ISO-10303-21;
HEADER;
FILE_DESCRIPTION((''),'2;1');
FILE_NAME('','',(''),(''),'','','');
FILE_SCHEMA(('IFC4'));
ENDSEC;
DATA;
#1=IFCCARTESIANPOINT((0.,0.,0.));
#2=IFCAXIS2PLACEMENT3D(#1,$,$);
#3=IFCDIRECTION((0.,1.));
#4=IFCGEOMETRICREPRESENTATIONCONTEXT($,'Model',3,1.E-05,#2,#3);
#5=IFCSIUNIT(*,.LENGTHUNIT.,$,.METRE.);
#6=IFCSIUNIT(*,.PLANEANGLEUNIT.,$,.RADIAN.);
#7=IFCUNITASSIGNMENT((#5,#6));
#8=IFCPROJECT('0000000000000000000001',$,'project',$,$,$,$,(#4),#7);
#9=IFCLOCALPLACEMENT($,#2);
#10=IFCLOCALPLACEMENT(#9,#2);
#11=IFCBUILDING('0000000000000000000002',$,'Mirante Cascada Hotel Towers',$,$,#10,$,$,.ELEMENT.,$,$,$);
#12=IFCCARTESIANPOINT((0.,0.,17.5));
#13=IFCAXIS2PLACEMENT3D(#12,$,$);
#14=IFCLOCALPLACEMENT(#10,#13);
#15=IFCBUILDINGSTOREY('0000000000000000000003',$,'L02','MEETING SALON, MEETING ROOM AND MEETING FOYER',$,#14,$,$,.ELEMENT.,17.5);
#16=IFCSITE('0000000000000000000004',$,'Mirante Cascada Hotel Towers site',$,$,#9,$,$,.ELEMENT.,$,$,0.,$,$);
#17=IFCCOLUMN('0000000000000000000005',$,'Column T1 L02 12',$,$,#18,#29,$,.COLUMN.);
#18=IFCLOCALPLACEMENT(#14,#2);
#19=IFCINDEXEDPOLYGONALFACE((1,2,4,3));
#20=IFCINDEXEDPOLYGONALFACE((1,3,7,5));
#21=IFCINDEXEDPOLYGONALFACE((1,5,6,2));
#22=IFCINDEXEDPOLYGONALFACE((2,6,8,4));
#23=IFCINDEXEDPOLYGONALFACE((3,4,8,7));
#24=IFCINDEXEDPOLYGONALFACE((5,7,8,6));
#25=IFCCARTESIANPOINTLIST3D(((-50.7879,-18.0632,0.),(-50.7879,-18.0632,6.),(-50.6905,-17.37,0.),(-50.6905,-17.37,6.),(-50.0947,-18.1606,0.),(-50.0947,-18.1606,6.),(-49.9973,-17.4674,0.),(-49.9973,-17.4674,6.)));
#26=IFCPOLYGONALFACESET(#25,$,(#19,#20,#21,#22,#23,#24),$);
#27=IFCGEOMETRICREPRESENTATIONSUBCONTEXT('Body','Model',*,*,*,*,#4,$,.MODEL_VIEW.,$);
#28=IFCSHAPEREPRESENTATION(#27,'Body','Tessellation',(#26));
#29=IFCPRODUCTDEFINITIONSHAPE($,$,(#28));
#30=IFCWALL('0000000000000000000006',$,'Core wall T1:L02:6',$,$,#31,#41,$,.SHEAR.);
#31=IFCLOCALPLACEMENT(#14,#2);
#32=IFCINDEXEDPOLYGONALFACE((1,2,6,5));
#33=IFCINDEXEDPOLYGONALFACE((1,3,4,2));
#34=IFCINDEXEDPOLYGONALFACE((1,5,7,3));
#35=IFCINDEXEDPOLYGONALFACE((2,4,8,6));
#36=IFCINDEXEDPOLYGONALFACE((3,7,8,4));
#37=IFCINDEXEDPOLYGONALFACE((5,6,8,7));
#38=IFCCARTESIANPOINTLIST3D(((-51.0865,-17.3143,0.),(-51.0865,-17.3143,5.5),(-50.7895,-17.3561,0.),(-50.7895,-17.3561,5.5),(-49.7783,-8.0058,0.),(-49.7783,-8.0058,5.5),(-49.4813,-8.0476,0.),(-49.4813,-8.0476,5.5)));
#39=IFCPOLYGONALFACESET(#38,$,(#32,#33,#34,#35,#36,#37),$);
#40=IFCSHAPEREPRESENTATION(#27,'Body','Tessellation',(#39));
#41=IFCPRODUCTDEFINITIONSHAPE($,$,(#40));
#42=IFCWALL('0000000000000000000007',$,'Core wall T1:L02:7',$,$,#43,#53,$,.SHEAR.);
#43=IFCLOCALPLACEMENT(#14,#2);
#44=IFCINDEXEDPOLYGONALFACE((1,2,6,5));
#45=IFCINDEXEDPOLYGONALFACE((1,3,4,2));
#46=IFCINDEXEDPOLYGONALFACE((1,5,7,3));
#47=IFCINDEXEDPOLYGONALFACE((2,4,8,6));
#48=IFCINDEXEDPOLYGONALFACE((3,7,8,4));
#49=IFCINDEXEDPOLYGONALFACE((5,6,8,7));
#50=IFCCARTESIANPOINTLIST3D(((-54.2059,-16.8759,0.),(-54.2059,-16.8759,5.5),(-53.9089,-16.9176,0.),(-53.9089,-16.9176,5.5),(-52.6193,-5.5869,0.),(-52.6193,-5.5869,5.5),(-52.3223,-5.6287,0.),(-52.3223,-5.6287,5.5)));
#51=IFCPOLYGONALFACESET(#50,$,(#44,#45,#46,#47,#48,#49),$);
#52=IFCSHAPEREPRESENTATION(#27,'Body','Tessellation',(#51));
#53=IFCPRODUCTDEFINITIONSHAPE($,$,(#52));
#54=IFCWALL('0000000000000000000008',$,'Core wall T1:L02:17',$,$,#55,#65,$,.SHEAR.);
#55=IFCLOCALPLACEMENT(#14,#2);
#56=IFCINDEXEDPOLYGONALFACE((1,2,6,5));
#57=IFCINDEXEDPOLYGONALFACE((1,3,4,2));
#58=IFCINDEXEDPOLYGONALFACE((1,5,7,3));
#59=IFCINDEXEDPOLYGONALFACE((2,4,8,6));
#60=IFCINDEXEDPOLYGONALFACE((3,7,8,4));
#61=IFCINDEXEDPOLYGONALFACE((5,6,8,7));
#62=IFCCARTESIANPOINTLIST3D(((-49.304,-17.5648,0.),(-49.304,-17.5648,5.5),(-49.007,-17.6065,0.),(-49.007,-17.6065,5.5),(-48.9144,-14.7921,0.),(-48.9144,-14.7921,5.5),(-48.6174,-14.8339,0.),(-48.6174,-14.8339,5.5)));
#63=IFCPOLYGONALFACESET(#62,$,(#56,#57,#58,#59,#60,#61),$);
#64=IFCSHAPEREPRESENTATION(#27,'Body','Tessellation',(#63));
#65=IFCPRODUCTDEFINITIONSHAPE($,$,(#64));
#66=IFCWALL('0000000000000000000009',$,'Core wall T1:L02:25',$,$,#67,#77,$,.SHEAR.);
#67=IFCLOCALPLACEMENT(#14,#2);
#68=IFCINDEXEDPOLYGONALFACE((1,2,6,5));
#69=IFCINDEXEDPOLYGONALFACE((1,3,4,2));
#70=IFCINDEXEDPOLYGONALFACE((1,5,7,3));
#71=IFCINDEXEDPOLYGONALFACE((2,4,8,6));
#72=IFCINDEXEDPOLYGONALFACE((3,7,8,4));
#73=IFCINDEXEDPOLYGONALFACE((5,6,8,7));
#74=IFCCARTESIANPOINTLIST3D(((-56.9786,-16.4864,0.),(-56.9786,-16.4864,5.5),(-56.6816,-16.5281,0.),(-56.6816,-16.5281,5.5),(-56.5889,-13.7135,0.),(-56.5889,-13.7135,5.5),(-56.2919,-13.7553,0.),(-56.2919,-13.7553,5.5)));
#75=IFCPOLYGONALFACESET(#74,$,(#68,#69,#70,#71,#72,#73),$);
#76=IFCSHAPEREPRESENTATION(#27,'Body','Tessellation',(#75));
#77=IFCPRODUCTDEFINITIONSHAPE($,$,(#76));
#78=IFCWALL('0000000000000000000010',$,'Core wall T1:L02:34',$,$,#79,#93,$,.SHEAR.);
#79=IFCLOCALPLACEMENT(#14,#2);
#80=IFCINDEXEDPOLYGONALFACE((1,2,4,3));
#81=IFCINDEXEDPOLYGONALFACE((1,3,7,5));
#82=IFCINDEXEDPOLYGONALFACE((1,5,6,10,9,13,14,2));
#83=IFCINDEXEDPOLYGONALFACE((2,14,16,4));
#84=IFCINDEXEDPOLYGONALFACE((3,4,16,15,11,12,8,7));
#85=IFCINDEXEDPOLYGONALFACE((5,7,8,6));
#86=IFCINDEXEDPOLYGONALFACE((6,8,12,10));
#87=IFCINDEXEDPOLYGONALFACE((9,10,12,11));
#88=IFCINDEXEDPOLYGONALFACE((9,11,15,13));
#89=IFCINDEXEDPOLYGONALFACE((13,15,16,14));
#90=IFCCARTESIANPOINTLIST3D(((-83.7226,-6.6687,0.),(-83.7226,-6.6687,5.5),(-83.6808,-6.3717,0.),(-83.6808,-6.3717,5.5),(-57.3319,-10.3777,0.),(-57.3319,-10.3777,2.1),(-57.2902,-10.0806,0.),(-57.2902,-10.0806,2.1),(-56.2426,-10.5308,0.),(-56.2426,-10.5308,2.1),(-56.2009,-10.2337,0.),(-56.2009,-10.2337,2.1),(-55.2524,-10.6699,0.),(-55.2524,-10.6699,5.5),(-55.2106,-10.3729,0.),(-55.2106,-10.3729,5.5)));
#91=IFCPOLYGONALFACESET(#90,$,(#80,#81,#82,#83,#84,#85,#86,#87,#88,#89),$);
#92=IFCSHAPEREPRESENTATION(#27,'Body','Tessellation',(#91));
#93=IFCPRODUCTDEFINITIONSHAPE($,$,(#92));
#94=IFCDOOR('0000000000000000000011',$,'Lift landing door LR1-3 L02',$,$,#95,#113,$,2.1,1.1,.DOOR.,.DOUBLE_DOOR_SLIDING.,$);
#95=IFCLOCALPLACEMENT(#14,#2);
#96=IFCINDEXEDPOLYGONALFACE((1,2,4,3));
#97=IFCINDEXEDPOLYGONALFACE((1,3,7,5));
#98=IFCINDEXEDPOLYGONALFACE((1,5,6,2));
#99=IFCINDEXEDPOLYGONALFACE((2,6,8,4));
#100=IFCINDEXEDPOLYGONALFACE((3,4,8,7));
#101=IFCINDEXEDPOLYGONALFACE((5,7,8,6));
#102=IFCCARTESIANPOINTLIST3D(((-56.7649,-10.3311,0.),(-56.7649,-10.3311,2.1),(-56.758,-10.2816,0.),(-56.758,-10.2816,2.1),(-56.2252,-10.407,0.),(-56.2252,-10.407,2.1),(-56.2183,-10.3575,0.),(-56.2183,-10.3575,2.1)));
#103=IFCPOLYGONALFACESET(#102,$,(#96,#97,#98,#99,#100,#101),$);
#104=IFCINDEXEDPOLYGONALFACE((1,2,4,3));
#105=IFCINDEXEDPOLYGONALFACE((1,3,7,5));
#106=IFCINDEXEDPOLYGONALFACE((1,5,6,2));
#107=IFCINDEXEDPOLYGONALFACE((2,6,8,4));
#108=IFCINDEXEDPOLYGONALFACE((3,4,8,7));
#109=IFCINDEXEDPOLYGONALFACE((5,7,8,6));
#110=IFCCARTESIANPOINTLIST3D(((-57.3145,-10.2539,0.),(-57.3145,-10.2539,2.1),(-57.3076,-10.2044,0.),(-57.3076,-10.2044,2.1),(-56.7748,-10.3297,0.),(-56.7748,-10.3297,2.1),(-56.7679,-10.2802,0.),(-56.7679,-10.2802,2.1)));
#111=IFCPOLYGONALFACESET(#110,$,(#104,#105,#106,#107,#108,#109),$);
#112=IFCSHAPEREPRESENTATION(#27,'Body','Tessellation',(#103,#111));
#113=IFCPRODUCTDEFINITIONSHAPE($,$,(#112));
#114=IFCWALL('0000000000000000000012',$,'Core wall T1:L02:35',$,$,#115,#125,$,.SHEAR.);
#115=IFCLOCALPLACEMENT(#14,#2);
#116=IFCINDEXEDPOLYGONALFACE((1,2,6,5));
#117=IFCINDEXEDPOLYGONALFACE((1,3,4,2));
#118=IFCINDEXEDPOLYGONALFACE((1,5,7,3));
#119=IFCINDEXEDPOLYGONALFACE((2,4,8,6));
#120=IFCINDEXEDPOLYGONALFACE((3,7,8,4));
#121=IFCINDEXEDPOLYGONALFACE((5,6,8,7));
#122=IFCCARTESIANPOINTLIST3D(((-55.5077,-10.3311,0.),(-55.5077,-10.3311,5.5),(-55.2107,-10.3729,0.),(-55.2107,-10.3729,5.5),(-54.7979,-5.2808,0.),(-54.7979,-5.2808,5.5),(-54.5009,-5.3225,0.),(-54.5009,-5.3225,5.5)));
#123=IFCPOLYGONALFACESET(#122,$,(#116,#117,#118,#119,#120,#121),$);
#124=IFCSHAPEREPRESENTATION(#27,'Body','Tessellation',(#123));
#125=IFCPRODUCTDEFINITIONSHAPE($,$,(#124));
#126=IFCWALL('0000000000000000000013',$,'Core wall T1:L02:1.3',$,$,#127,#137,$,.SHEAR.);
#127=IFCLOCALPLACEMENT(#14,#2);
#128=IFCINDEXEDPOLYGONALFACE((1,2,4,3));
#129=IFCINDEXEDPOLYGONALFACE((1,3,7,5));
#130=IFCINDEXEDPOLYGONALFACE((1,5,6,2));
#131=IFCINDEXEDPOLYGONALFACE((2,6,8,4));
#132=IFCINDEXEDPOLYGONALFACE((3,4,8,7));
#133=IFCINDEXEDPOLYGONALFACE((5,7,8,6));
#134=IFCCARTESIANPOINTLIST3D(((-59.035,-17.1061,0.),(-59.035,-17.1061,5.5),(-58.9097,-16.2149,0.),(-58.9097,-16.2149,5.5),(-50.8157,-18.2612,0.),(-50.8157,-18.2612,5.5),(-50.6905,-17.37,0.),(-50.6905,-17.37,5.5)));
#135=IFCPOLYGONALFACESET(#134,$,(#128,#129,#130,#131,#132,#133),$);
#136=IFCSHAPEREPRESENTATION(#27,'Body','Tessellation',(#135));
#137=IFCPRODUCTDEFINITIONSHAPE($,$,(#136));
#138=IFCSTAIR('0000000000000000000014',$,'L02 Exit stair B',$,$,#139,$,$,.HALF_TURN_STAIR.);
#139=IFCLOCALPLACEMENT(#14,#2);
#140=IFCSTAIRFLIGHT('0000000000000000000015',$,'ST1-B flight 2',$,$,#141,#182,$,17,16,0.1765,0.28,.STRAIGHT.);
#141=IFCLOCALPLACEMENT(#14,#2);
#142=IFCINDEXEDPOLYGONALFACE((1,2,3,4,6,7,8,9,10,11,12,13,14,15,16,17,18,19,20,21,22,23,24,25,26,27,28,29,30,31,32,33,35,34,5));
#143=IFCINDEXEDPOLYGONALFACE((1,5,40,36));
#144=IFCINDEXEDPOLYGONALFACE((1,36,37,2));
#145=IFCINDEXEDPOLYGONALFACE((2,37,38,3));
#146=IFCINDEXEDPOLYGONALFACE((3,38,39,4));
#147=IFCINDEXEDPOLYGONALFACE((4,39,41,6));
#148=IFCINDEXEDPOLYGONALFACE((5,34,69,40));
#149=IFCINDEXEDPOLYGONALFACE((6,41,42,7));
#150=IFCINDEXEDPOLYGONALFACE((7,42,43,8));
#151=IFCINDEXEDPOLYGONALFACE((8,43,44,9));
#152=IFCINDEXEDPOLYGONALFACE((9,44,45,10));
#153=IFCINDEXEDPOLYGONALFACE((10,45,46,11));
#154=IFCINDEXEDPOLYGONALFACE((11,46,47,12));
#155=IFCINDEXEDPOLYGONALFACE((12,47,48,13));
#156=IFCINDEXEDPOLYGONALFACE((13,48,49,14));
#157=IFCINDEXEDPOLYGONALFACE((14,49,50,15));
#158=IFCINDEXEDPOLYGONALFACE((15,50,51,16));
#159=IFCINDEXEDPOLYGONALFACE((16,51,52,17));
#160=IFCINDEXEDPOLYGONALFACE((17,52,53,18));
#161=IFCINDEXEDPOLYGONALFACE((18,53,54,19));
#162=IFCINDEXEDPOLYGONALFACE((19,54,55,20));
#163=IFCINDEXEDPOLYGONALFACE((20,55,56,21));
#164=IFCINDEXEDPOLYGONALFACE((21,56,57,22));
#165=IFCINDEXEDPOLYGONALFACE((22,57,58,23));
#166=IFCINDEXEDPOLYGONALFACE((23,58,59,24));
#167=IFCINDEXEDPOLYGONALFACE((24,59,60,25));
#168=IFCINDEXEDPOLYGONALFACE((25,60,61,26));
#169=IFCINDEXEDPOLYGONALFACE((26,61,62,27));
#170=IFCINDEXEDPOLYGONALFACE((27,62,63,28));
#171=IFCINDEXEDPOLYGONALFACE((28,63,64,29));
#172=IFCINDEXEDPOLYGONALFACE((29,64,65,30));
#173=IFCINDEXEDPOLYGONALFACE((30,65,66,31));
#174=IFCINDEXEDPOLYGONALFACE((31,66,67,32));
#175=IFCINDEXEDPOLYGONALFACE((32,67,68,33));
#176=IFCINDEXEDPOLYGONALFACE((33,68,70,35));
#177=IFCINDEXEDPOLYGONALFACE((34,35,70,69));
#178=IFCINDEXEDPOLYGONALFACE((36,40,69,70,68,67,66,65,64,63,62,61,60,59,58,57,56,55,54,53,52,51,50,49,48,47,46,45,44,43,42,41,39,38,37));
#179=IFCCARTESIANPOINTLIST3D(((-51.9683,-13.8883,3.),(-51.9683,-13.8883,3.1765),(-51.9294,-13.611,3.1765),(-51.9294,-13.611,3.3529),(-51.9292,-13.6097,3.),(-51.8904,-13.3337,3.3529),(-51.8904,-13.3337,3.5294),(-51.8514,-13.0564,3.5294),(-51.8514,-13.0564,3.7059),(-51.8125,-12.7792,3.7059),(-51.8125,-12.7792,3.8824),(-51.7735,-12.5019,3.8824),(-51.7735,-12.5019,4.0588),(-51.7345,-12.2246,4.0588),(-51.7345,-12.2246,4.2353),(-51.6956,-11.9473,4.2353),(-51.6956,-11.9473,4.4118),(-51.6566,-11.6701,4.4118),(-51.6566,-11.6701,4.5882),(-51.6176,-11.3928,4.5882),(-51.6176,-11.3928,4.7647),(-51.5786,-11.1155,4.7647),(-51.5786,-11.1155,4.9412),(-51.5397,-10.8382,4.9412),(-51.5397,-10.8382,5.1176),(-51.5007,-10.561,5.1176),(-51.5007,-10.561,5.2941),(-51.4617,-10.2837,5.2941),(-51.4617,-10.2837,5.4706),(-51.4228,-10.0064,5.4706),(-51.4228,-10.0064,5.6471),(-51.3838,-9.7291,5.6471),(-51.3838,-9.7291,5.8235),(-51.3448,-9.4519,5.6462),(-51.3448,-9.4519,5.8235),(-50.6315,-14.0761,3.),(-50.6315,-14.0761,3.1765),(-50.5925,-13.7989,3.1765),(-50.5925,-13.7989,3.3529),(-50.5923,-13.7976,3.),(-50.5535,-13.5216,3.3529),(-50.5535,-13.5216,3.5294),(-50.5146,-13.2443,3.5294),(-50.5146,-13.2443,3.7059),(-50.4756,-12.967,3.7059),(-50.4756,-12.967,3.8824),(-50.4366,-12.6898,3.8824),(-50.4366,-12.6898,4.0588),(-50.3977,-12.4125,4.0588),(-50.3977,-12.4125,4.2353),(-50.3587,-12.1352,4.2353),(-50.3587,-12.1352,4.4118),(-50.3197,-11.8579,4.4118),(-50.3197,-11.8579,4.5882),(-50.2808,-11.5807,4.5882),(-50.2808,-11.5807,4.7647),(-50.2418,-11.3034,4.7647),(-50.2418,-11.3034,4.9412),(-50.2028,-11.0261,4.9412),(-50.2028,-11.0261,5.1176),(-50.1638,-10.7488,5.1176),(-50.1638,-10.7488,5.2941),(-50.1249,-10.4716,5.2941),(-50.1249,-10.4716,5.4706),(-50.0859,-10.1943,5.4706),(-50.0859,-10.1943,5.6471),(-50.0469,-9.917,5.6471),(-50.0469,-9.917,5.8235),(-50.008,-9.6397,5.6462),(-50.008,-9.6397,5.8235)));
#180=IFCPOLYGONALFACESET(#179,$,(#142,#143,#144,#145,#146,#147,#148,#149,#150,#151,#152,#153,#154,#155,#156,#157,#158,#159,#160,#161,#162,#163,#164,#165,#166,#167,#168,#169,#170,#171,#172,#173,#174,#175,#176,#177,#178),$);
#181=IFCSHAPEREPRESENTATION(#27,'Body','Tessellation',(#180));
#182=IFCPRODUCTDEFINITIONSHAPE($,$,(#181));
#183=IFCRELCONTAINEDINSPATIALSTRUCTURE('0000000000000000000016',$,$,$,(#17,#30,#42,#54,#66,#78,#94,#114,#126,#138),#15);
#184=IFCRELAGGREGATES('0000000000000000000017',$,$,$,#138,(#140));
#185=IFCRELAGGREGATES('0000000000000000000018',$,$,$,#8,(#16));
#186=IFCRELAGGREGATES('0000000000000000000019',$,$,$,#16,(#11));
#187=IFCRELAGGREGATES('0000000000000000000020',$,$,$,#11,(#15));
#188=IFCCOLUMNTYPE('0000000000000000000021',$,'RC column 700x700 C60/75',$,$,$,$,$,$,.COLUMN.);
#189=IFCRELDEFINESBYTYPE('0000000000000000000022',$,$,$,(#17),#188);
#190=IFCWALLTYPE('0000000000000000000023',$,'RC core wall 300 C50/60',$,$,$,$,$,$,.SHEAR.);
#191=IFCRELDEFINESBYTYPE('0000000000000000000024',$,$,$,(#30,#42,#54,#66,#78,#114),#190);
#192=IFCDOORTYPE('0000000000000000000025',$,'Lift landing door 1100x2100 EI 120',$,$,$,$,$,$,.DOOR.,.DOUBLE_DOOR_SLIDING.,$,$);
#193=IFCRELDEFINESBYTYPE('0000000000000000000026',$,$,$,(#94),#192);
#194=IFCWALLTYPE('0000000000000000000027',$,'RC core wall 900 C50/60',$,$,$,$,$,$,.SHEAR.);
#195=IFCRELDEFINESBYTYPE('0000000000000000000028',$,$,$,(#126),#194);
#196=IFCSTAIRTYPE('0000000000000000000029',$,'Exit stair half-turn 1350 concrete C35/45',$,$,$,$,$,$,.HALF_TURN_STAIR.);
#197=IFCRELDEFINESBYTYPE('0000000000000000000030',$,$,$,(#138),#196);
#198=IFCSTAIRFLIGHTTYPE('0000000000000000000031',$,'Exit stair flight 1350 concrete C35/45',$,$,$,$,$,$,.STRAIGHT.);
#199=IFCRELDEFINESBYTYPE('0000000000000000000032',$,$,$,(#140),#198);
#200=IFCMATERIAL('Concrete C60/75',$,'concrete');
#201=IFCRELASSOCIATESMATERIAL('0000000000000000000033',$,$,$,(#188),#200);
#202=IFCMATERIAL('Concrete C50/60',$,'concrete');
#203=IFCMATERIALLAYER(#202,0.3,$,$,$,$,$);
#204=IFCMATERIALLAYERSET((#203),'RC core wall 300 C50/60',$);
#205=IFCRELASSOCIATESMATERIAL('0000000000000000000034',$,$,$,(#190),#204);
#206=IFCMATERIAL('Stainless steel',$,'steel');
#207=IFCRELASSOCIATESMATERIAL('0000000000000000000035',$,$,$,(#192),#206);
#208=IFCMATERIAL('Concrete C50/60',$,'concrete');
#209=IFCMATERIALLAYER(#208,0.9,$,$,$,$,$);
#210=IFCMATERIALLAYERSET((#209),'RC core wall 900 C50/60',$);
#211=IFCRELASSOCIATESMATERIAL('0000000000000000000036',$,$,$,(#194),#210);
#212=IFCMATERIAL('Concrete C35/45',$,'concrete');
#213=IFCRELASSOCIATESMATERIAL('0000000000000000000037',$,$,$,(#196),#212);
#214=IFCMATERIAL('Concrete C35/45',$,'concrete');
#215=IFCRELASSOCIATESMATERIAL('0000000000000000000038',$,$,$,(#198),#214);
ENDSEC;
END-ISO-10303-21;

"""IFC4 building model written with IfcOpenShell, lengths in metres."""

from ifc_helpers import new_model, si_unit, direction, frame, frame_2d, origin, origin_2d, place, context, subcontext, project, spatial, polyline, rectangle, outline, extrude, material, layer, layer_set, material_profile, profile_set, type_object, element, fill, aggregate, save


model = new_model("IFC4")

# Units and contexts
model_context = context("Model", 3, precision=1e-05, world=origin(), true_north=direction((0.0, 1.0)))
body_context = subcontext(model_context, "Body", "Model", "MODEL_VIEW")
ifc_project = project(units=[si_unit("LENGTHUNIT", "METRE"), si_unit("PLANEANGLEUNIT", "RADIAN")], contexts=[model_context])

# Site, building, storey
site_placement = place(None, origin())
site = spatial("IfcSite", under=ifc_project, at=site_placement, Name="Mirante Cascada Hotel Towers site", CompositionType="ELEMENT", RefElevation=0.0)
building_placement = place(site_placement, origin())
building = spatial("IfcBuilding", under=site, at=building_placement, Name="Mirante Cascada Hotel Towers", CompositionType="ELEMENT")
storey_placement = place(building_placement, frame((0.0, 0.0, 17.5)))
storey = spatial("IfcBuildingStorey", under=building, at=storey_placement, Name="L02", Description="MEETING SALON, MEETING ROOM AND MEETING FOYER", CompositionType="ELEMENT", Elevation=17.5)

# Column
ifc_material_1 = material(Name="Concrete C60/75", Category="concrete")
ifc_material_profile = material_profile(ifc_material_1, rectangle(XDim=0.7, YDim=0.7, at=origin_2d()), Name="RC column 700x700 C60/75")
ifc_profile_set = profile_set([ifc_material_profile], Name="Concrete C60/75")
column_type = type_object("IfcColumnType", Name="RC column 700x700 C60/75", PredefinedType="COLUMN", material=ifc_profile_set)
column_placement = place(storey_placement, frame((-50.3926, -17.7653, 0.0), z_axis=(0.0, 0.0, 1.0), x_axis=(-0.990268, 0.139173, 0.0)))
element("IfcColumn", 1, at=column_placement, inside=storey, type_object=column_type, Name="Column T1 L02 12", PredefinedType="COLUMN", context=body_context, shape_type="SweptSolid", body=[
    extrude(rectangle(XDim=0.7, YDim=0.7, at=origin_2d()), origin(), (0.0, 0.0, 1.0), 6.0),
])

# Walls
ifc_material_2 = material(Name="Concrete C50/60", Category="concrete")
ifc_layer_1 = layer(ifc_material_2, 0.3)
ifc_layer_set_1 = layer_set([ifc_layer_1], Name="RC core wall 300 C50/60")
wall_type_1 = type_object("IfcWallType", Name="RC core wall 300 C50/60", PredefinedType="SHEAR", material=ifc_layer_set_1)
wall_1_placement = place(storey_placement, frame((-50.938, -17.3352, 0.0), z_axis=(0.0, 0.0, 1.0), x_axis=(0.139171, 0.990268, 0.0)))
element("IfcWall", 2, at=wall_1_placement, inside=storey, type_object=wall_type_1, Name="Core wall T1:L02:6", PredefinedType="SHEAR", context=body_context, shape_type="SweptSolid", body=[
    extrude(rectangle(XDim=9.4, YDim=0.3, at=frame_2d((4.7, 0.0))), origin(), (0.0, 0.0, 1.0), 5.5),
])
wall_2_placement = place(storey_placement, frame((-54.0574, -16.8968, 0.0), z_axis=(0.0, 0.0, 1.0), x_axis=(0.139176, 0.990268, 0.0)))
element("IfcWall", 3, at=wall_2_placement, inside=storey, type_object=wall_type_1, Name="Core wall T1:L02:7", PredefinedType="SHEAR", context=body_context, shape_type="SweptSolid", body=[
    extrude(rectangle(XDim=11.3999, YDim=0.3, at=frame_2d((5.7, 0.0))), origin(), (0.0, 0.0, 1.0), 5.5),
])
wall_3_placement = place(storey_placement, frame((-49.1555, -17.5857, 0.0), z_axis=(0.0, 0.0, 1.0), x_axis=(0.139146, 0.990272, 0.0)))
element("IfcWall", 4, at=wall_3_placement, inside=storey, type_object=wall_type_1, Name="Core wall T1:L02:17", PredefinedType="SHEAR", context=body_context, shape_type="SweptSolid", body=[
    extrude(rectangle(XDim=2.7999, YDim=0.3, at=frame_2d((1.4, 0.0))), origin(), (0.0, 0.0, 1.0), 5.5),
])

# Shared definitions
ifc_material_3 = material(Name="Stainless steel", Category="steel")
door_type_1 = type_object("IfcDoorType", Name="Lift landing door 1100x2100 EI 120", OperationType="DOUBLE_DOOR_SLIDING", PredefinedType="DOOR", material=ifc_material_3)

# Wall
wall_4_placement = place(storey_placement, frame((-56.8301, -16.5072, 0.0), z_axis=(0.0, 0.0, 1.0), x_axis=(0.139176, 0.990268, 0.0)))
element("IfcWall", 5, at=wall_4_placement, inside=storey, type_object=wall_type_1, Name="Core wall T1:L02:25", PredefinedType="SHEAR", context=body_context, shape_type="SweptSolid", body=[
    extrude(rectangle(XDim=2.8001, YDim=0.3, at=frame_2d((1.4, 0.0))), origin(), (0.0, 0.0, 1.0), 5.5),
])

# Wall, opening, door
wall_5_placement = place(storey_placement, frame((-55.2315, -10.5214, 0.0), z_axis=(0.0, 0.0, 1.0), x_axis=(-0.990268, 0.139172, 0.0)))
wall_5 = element("IfcWall", 6, at=wall_5_placement, inside=storey, type_object=wall_type_1, Name="Core wall T1:L02:34", PredefinedType="SHEAR", context=body_context, shape_type="SweptSolid", body=[
    extrude(rectangle(XDim=28.75, YDim=0.3, at=frame_2d((14.375, 0.0))), origin(), (0.0, 0.0, 1.0), 5.5),
])
opening_1_placement = place(wall_5_placement, frame((1.0, 0.0, 0.0)))
opening_1 = element("IfcOpeningElement", 7, at=opening_1_placement, cuts=wall_5, PredefinedType="OPENING", context=body_context, shape_type="SweptSolid", body=[
    extrude(rectangle(XDim=1.1, YDim=2.1, at=frame_2d((0.55, 1.05))), frame((0.0, 0.15, 0.0), z_axis=(0.0, -1.0, 0.0), x_axis=(1.0, 0.0, 0.0)), (0.0, 0.0, 1.0), 0.3),
])
door_1_placement = place(opening_1_placement, origin())
door_1 = element("IfcDoor", 8, at=door_1_placement, inside=storey, type_object=door_type_1, Name="Lift landing door LR1-3 L02", OperationType="DOUBLE_DOOR_SLIDING", OverallHeight=2.1, OverallWidth=1.1, PredefinedType="DOOR", context=body_context, shape_type="SweptSolid", body=[
    extrude(rectangle(XDim=0.545, YDim=2.1, at=frame_2d((0.2725, 1.05))), frame((0.0, 0.025, 0.0), z_axis=(0.0, -1.0, 0.0), x_axis=(1.0, 0.0, 0.0)), (0.0, 0.0, 1.0), 0.05),
    extrude(rectangle(XDim=0.545, YDim=2.1, at=frame_2d((0.8275, 1.05))), frame((0.0, 0.025, 0.0), z_axis=(0.0, -1.0, 0.0), x_axis=(1.0, 0.0, 0.0)), (0.0, 0.0, 1.0), 0.05),
])
fill(opening_1, door_1)

# Walls
wall_6_placement = place(storey_placement, frame((-55.3592, -10.352, 0.0), z_axis=(0.0, 0.0, 1.0), x_axis=(0.139176, 0.990268, 0.0)))
element("IfcWall", 9, at=wall_6_placement, inside=storey, type_object=wall_type_1, Name="Core wall T1:L02:35", PredefinedType="SHEAR", context=body_context, shape_type="SweptSolid", body=[
    extrude(rectangle(XDim=5.1, YDim=0.3, at=frame_2d((2.55, 0.0))), origin(), (0.0, 0.0, 1.0), 5.5),
])
ifc_material_4 = material(Name="Concrete C50/60", Category="concrete")
ifc_layer_2 = layer(ifc_material_4, 0.9)
ifc_layer_set_2 = layer_set([ifc_layer_2], Name="RC core wall 900 C50/60")
wall_type_2 = type_object("IfcWallType", Name="RC core wall 900 C50/60", PredefinedType="SHEAR", material=ifc_layer_set_2)
wall_7_placement = place(storey_placement, frame((-50.7531, -17.8156, 0.0), z_axis=(0.0, 0.0, 1.0), x_axis=(-0.990269, 0.139169, 0.0)))
element("IfcWall", 10, at=wall_7_placement, inside=storey, type_object=wall_type_2, Name="Core wall T1:L02:1.3", PredefinedType="SHEAR", context=body_context, shape_type="SweptSolid", body=[
    extrude(rectangle(XDim=8.3, YDim=0.9, at=frame_2d((4.15, 0.0))), origin(), (0.0, 0.0, 1.0), 5.5),
])

# Stair, stair flight
ifc_material_5 = material(Name="Concrete C35/45", Category="concrete")
stair_type = type_object("IfcStairType", Name="Exit stair half-turn 1350 concrete C35/45", PredefinedType="HALF_TURN_STAIR", material=ifc_material_5)
stair_placement = place(storey_placement, origin())
stair = element("IfcStair", 11, at=stair_placement, inside=storey, type_object=stair_type, Name="L02 Exit stair B", PredefinedType="HALF_TURN_STAIR")
ifc_material_6 = material(Name="Concrete C35/45", Category="concrete")
stair_flight_type = type_object("IfcStairFlightType", Name="Exit stair flight 1350 concrete C35/45", PredefinedType="STRAIGHT", material=ifc_material_6)
stair_flight_placement = place(storey_placement, frame((-51.2999, -13.9822, 3.0), z_axis=(0.0, 0.0, 1.0), x_axis=(0.139173, 0.990268, 0.0)))
stair_flight = element("IfcStairFlight", 12, at=stair_flight_placement, type_object=stair_flight_type, Name="ST1-B flight 2", NumberOfRisers=17, NumberOfTreads=16, PredefinedType="STRAIGHT", RiserHeight=0.1765, TreadLength=0.28, context=body_context, shape_type="SweptSolid", body=[
    extrude(outline(polyline([(0.0, 0.0), (0.0, 0.1765), (0.28, 0.1765), (0.28, 0.3529), (0.56, 0.3529), (0.56, 0.5294), (0.84, 0.5294), (0.84, 0.7059), (1.12, 0.7059), (1.12, 0.8824), (1.4, 0.8824), (1.4, 1.0588), (1.68, 1.0588), (1.68, 1.2353), (1.96, 1.2353), (1.96, 1.4118), (2.24, 1.4118), (2.24, 1.5882), (2.52, 1.5882), (2.52, 1.7647), (2.8, 1.7647), (2.8, 1.9412), (3.08, 1.9412), (3.08, 2.1176), (3.36, 2.1176), (3.36, 2.2941), (3.64, 2.2941), (3.64, 2.4706), (3.92, 2.4706), (3.92, 2.6471), (4.2, 2.6471), (4.2, 2.8235), (4.48, 2.8235), (4.48, 3.0), (4.48, 2.6462), (0.2813, 0.0), (0.0, 0.0)])), frame((0.0, 0.675, 0.0), z_axis=(0.0, -1.0, 0.0), x_axis=(1.0, 0.0, 0.0)), (0.0, 0.0, 1.0), 1.35),
])
aggregate(stair, [stair_flight])

save(model, "model.ifc")
